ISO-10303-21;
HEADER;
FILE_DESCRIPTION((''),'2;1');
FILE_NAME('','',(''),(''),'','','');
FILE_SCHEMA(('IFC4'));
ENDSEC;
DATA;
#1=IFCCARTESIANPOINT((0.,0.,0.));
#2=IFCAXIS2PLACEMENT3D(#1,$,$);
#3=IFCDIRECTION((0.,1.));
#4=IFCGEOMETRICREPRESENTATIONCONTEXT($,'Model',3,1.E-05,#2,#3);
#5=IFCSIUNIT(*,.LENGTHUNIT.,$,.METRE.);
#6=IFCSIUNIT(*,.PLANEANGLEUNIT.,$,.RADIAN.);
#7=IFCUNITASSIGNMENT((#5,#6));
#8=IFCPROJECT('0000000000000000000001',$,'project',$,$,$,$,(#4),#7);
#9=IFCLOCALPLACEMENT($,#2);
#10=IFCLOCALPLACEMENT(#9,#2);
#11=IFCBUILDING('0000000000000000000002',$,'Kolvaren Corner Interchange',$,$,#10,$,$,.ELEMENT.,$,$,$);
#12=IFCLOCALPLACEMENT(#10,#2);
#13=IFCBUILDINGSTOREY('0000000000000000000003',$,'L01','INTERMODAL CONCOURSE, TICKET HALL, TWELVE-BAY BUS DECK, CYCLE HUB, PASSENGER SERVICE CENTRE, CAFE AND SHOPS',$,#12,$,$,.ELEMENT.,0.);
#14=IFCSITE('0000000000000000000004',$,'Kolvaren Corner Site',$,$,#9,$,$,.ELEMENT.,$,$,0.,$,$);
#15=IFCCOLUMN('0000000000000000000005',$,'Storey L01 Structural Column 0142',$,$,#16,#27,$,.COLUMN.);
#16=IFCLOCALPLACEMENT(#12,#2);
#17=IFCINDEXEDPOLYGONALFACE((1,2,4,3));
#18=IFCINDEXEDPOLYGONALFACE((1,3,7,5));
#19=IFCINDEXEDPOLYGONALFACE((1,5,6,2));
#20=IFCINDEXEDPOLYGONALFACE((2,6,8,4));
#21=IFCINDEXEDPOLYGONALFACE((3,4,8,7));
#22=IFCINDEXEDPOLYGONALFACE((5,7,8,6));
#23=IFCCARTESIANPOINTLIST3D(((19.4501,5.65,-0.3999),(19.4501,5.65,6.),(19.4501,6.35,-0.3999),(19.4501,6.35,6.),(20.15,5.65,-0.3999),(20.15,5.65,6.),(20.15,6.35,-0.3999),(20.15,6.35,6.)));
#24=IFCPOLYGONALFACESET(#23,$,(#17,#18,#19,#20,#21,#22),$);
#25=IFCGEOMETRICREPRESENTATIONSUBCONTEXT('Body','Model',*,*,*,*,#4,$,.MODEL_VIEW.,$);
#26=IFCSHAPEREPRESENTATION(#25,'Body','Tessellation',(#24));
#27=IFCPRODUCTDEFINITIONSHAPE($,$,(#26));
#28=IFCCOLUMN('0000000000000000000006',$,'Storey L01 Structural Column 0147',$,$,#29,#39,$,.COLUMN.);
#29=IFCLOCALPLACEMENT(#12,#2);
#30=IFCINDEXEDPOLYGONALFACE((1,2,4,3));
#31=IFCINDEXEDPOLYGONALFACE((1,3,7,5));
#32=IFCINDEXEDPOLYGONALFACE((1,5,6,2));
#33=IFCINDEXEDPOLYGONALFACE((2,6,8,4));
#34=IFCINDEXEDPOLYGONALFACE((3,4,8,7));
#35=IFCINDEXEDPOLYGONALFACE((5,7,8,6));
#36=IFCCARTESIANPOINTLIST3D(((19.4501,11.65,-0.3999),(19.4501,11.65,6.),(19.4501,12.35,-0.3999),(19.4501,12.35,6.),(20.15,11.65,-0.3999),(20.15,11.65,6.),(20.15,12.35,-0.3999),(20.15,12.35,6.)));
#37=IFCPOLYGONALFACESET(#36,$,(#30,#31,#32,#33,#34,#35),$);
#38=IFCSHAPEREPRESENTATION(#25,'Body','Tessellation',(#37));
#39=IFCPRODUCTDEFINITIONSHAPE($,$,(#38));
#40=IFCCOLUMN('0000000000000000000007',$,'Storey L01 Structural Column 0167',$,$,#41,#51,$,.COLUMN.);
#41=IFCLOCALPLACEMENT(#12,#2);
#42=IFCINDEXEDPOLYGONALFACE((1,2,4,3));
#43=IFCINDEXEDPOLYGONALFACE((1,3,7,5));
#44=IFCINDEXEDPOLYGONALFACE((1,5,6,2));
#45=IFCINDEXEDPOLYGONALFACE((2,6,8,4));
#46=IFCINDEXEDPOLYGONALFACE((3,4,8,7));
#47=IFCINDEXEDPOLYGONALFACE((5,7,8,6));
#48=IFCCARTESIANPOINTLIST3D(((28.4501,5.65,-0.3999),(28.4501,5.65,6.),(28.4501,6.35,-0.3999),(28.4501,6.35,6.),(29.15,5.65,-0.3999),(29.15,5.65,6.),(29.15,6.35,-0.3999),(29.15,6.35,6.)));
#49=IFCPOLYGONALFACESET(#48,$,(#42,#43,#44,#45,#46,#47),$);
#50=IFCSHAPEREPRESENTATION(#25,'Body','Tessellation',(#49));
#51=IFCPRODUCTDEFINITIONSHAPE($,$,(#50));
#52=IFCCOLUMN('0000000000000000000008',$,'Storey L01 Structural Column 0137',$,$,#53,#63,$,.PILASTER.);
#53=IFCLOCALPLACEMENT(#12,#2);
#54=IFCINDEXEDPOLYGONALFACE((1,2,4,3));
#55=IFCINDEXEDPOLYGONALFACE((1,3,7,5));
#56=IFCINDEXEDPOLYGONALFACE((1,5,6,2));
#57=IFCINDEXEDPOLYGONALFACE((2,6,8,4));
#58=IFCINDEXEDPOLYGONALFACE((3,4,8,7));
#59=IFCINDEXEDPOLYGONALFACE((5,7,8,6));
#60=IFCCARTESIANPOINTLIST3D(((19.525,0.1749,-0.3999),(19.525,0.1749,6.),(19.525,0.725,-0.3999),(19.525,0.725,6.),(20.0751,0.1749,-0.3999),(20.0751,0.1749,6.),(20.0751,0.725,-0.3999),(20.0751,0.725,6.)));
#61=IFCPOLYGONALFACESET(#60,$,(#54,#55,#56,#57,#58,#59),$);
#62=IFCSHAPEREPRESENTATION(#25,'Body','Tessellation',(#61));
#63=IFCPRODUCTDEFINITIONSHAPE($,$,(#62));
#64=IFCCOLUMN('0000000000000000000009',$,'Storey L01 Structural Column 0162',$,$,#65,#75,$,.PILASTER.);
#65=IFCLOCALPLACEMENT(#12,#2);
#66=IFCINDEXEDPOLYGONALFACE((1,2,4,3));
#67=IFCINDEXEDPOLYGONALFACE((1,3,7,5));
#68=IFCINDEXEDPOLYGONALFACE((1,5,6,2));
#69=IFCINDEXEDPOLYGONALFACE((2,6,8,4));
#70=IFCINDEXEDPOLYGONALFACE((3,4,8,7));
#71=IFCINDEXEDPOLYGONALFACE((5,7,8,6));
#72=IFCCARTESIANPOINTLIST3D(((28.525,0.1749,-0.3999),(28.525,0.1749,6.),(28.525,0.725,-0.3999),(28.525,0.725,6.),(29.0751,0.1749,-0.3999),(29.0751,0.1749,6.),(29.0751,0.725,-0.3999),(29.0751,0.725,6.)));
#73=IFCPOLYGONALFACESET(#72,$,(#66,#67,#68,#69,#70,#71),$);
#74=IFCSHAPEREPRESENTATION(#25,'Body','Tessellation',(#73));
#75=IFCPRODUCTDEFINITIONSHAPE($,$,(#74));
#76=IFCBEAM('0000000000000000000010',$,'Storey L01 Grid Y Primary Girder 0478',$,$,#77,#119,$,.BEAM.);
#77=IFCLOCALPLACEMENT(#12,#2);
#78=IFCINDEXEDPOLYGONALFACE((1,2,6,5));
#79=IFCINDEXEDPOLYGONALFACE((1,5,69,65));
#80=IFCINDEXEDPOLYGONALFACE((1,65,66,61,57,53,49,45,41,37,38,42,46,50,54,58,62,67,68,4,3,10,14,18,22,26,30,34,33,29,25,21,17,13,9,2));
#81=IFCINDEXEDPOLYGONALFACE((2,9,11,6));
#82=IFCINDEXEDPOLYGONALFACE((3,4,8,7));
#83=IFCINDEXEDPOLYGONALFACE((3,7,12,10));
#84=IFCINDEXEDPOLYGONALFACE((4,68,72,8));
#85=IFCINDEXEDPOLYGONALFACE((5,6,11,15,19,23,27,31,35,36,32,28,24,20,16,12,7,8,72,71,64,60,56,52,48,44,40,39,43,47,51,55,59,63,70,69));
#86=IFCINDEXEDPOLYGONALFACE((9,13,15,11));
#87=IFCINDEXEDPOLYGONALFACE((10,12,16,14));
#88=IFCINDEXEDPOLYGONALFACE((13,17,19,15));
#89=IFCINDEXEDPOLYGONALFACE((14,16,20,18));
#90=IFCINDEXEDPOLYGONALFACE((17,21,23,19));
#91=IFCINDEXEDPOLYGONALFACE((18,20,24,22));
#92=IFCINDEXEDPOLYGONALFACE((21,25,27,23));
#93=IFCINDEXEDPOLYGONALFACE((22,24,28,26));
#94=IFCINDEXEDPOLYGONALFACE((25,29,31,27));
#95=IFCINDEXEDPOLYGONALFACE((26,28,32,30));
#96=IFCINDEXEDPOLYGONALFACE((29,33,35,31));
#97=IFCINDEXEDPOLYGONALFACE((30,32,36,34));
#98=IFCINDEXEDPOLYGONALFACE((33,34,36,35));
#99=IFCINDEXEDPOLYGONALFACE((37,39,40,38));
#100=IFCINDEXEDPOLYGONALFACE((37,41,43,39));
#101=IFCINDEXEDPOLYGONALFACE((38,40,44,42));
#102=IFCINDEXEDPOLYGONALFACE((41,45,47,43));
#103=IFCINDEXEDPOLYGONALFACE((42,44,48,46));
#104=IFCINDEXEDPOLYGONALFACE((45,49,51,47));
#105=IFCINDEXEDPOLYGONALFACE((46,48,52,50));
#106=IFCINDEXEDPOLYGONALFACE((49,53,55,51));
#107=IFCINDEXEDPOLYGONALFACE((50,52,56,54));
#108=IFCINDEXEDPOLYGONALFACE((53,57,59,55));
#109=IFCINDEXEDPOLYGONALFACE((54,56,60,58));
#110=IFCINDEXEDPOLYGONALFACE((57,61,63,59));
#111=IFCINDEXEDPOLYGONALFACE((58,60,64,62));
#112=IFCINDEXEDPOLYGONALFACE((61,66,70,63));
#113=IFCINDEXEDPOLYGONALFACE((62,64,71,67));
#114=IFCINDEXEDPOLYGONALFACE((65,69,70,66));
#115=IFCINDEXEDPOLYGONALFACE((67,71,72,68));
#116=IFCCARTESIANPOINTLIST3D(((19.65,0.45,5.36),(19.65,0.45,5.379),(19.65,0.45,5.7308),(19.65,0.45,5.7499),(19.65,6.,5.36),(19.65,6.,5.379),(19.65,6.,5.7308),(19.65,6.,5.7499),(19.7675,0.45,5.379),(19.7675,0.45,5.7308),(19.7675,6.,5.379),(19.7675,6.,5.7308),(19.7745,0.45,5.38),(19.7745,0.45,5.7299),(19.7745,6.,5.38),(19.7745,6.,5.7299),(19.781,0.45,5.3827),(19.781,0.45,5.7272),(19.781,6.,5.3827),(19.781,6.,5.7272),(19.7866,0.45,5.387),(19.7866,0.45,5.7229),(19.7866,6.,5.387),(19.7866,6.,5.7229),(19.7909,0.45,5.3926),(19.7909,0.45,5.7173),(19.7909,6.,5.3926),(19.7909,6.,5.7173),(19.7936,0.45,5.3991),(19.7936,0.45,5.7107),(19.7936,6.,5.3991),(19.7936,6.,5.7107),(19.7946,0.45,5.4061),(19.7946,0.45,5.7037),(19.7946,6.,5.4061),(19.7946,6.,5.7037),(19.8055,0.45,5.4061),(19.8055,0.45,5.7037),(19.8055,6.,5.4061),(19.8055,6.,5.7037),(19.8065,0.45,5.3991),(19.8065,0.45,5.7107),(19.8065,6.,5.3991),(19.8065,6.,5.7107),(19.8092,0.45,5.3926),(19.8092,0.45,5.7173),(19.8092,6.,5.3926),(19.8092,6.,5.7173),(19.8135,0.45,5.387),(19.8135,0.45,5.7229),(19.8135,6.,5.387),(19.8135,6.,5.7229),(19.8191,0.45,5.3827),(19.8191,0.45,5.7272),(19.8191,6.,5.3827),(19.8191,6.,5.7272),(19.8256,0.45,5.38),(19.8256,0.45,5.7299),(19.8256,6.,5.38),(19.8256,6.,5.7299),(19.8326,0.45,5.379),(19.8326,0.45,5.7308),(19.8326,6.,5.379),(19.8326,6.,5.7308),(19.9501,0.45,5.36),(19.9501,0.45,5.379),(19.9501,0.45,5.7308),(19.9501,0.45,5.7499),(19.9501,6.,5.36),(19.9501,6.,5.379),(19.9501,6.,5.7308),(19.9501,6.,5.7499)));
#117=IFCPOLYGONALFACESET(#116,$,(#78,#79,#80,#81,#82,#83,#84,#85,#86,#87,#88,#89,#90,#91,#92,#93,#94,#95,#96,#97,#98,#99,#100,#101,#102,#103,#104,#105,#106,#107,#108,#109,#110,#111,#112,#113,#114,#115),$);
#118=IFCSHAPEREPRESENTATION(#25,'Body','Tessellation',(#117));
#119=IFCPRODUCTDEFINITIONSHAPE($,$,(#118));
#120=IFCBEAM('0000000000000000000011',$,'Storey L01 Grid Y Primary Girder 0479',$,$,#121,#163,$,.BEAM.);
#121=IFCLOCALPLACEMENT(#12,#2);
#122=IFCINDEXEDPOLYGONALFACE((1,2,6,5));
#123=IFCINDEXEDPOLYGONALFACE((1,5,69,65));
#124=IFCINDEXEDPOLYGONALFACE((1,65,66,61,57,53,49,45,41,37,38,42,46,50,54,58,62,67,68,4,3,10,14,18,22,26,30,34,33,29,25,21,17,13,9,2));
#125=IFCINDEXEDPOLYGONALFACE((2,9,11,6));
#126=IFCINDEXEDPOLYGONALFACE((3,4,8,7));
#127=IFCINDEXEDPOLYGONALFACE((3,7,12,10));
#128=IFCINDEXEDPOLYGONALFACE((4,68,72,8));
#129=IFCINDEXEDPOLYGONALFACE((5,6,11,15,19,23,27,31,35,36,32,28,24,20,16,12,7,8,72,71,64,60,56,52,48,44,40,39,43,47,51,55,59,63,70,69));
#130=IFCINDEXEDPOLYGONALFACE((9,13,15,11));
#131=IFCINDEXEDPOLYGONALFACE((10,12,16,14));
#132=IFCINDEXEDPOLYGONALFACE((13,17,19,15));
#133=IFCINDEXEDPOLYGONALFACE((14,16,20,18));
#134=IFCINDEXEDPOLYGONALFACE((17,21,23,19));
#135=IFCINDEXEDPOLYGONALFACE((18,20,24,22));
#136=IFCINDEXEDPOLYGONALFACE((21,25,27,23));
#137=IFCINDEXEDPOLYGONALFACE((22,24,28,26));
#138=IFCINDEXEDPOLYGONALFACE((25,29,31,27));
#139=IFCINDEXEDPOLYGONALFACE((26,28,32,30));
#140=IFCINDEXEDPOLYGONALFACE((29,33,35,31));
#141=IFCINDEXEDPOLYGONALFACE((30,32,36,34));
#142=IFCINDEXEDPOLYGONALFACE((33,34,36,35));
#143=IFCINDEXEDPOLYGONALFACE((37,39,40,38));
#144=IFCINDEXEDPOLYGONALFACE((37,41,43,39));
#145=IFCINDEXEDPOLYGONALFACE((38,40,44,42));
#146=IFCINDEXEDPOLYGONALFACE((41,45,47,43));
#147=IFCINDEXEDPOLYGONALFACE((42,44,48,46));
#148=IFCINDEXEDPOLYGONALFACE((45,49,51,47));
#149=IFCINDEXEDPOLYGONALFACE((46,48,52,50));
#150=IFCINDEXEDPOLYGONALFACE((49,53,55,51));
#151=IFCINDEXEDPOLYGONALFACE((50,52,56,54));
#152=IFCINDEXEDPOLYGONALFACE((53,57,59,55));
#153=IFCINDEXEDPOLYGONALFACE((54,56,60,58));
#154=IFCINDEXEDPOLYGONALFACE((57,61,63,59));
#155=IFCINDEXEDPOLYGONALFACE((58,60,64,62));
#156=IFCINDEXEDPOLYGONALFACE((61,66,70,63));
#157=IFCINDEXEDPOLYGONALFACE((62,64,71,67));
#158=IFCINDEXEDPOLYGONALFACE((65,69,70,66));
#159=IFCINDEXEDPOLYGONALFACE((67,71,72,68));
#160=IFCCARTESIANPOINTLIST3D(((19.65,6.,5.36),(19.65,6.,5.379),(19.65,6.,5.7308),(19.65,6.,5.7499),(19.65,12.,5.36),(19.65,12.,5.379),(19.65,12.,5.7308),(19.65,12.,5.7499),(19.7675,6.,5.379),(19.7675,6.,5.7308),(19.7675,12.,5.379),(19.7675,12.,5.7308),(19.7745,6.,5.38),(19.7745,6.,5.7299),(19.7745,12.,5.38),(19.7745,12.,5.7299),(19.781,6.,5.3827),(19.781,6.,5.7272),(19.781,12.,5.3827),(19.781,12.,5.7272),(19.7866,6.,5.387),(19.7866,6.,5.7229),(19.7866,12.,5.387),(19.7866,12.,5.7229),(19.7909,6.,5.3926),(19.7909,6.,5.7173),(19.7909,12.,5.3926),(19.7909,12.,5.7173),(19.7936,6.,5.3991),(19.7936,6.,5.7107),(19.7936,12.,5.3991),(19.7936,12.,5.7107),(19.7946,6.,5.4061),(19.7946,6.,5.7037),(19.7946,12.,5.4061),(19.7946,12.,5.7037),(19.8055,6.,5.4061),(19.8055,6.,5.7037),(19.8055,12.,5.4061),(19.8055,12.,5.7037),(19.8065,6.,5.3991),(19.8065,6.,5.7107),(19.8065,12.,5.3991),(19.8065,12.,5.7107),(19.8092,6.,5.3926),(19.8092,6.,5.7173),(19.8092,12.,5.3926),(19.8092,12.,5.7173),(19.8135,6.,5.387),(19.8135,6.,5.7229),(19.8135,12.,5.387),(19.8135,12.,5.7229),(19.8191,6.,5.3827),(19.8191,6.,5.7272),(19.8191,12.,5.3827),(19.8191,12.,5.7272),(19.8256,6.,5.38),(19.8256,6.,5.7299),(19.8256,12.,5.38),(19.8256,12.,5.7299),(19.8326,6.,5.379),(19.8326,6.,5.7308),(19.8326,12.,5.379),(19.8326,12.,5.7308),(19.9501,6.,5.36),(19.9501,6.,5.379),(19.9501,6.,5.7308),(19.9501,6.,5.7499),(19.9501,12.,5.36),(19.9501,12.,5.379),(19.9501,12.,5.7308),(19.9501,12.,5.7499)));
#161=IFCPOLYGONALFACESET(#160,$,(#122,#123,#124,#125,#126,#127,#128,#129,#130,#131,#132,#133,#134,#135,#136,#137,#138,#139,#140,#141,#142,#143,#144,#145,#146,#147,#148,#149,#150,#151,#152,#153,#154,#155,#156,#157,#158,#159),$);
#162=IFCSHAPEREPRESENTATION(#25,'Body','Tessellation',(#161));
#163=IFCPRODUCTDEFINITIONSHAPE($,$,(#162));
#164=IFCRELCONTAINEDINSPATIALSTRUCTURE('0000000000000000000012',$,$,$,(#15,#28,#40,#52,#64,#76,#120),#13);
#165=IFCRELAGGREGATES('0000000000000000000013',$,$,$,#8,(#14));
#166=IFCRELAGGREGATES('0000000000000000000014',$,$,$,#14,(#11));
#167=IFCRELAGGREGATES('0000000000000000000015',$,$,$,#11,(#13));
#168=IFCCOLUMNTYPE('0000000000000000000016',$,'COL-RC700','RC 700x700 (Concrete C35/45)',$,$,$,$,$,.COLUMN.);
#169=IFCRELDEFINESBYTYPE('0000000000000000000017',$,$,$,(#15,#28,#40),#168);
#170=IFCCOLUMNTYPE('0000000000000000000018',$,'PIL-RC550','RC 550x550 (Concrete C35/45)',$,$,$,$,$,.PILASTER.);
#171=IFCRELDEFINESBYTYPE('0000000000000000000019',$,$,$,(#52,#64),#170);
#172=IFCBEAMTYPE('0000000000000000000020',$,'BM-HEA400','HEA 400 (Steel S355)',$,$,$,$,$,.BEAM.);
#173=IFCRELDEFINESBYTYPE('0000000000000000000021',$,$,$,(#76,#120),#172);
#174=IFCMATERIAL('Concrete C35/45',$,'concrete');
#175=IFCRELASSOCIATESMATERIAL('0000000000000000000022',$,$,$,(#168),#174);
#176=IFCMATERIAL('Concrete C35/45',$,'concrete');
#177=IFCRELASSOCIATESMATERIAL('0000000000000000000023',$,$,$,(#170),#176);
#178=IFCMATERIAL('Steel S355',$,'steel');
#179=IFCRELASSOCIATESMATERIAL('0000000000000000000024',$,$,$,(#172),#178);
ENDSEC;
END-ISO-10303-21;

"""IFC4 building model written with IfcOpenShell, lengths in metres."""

from ifc_helpers import new_model, si_unit, direction, frame, origin, origin_2d, place, context, subcontext, project, spatial, rectangle, i_section, extrude, material, material_profile, profile_set, type_object, element, save


model = new_model("IFC4")

# Units and contexts
model_context = context("Model", 3, precision=1e-05, world=origin(), true_north=direction((0.0, 1.0)))
body_context = subcontext(model_context, "Body", "Model", "MODEL_VIEW")
ifc_project = project(units=[si_unit("LENGTHUNIT", "METRE"), si_unit("PLANEANGLEUNIT", "RADIAN")], contexts=[model_context])

# Site, building, storey
site_placement = place(None, origin())
site = spatial("IfcSite", under=ifc_project, at=site_placement, Name="Kolvaren Corner Site", CompositionType="ELEMENT", RefElevation=0.0)
building_placement = place(site_placement, origin())
building = spatial("IfcBuilding", under=site, at=building_placement, Name="Kolvaren Corner Interchange", CompositionType="ELEMENT")
storey_placement = place(building_placement, origin())
storey = spatial("IfcBuildingStorey", under=building, at=storey_placement, Name="L01", Description="INTERMODAL CONCOURSE, TICKET HALL, TWELVE-BAY BUS DECK, CYCLE HUB, PASSENGER SERVICE CENTRE, CAFE AND SHOPS", CompositionType="ELEMENT", Elevation=0.0)

# Columns
ifc_material_1 = material(Name="Concrete C35/45", Category="concrete")
ifc_material_profile_1 = material_profile(ifc_material_1, rectangle(XDim=0.7, YDim=0.7, at=origin_2d()), Name="RC 700x700")
ifc_profile_set_1 = profile_set([ifc_material_profile_1], Name="Concrete C35/45")
column_type_1 = type_object("IfcColumnType", Name="COL-RC700", Description="RC 700x700 (Concrete C35/45)", PredefinedType="COLUMN", material=ifc_profile_set_1)
for number, where, z_axis, x_axis, name in (
    (1, (19.8, 6.0, -0.3999), (0.0, 0.0, 1.0), (1.0, 0.0, 0.0), "Storey L01 Structural Column 0142"),
    (2, (19.8, 12.0, -0.3999), (0.0, 0.0, 1.0), (1.0, 0.0, 0.0), "Storey L01 Structural Column 0147"),
    (3, (28.8, 6.0, -0.3999), (0.0, 0.0, 1.0), (1.0, 0.0, 0.0), "Storey L01 Structural Column 0167"),
):
    element("IfcColumn", number, at=place(storey_placement, frame(where, z_axis=z_axis, x_axis=x_axis)), inside=storey, type_object=column_type_1, Name=name, PredefinedType="COLUMN", context=body_context, shape_type="SweptSolid", body=[
        extrude(rectangle(XDim=0.7, YDim=0.7, at=origin_2d()), origin(), (0.0, 0.0, 1.0), 6.3999),
    ])
ifc_material_2 = material(Name="Concrete C35/45", Category="concrete")
ifc_material_profile_2 = material_profile(ifc_material_2, rectangle(XDim=0.55, YDim=0.55, at=origin_2d()), Name="RC 550x550")
ifc_profile_set_2 = profile_set([ifc_material_profile_2], Name="Concrete C35/45")
column_type_2 = type_object("IfcColumnType", Name="PIL-RC550", Description="RC 550x550 (Concrete C35/45)", PredefinedType="PILASTER", material=ifc_profile_set_2)
for number, where, z_axis, x_axis, name in (
    (4, (19.8, 0.45, -0.3999), (0.0, 0.0, 1.0), (1.0, 0.0, 0.0), "Storey L01 Structural Column 0137"),
    (5, (28.8, 0.45, -0.3999), (0.0, 0.0, 1.0), (1.0, 0.0, 0.0), "Storey L01 Structural Column 0162"),
):
    element("IfcColumn", number, at=place(storey_placement, frame(where, z_axis=z_axis, x_axis=x_axis)), inside=storey, type_object=column_type_2, Name=name, PredefinedType="PILASTER", context=body_context, shape_type="SweptSolid", body=[
        extrude(rectangle(XDim=0.55, YDim=0.55, at=origin_2d()), origin(), (0.0, 0.0, 1.0), 6.3999),
    ])

# Beams
ifc_material_3 = material(Name="Steel S355", Category="steel")
ifc_material_profile_3 = material_profile(ifc_material_3, i_section(OverallWidth=0.3, OverallDepth=0.3899, WebThickness=0.011, FlangeThickness=0.019, FilletRadius=0.0271, at=origin_2d()), Name="HEA 400")
ifc_profile_set_3 = profile_set([ifc_material_profile_3], Name="Steel S355")
beam_type_1 = type_object("IfcBeamType", Name="BM-HEA400", Description="HEA 400 (Steel S355)", PredefinedType="BEAM", material=ifc_profile_set_3)
beam_1_placement = place(storey_placement, frame((19.8, 0.45, 5.5549), z_axis=(0.0, 1.0, 0.0), x_axis=(-1.0, 0.0, 0.0)))
element("IfcBeam", 6, at=beam_1_placement, inside=storey, type_object=beam_type_1, Name="Storey L01 Grid Y Primary Girder 0478", PredefinedType="BEAM", context=body_context, shape_type="SweptSolid", body=[
    extrude(i_section(OverallWidth=0.3, OverallDepth=0.3899, WebThickness=0.011, FlangeThickness=0.019, FilletRadius=0.0271, at=origin_2d()), origin(), (0.0, 0.0, 1.0), 5.55),
])
for number, where, z_axis, x_axis, name in (
    (7, (19.8, 6.0, 5.5549), (0.0, 1.0, 0.0), (-1.0, 0.0, 0.0), "Storey L01 Grid Y Primary Girder 0479"),
):
    element("IfcBeam", number, at=place(storey_placement, frame(where, z_axis=z_axis, x_axis=x_axis)), inside=storey, type_object=beam_type_1, Name=name, PredefinedType="BEAM", context=body_context, shape_type="SweptSolid", body=[
        extrude(i_section(OverallWidth=0.3, OverallDepth=0.3899, WebThickness=0.011, FlangeThickness=0.019, FilletRadius=0.0271, at=origin_2d()), origin(), (0.0, 0.0, 1.0), 6.0),
    ])

save(model, "model.ifc")
